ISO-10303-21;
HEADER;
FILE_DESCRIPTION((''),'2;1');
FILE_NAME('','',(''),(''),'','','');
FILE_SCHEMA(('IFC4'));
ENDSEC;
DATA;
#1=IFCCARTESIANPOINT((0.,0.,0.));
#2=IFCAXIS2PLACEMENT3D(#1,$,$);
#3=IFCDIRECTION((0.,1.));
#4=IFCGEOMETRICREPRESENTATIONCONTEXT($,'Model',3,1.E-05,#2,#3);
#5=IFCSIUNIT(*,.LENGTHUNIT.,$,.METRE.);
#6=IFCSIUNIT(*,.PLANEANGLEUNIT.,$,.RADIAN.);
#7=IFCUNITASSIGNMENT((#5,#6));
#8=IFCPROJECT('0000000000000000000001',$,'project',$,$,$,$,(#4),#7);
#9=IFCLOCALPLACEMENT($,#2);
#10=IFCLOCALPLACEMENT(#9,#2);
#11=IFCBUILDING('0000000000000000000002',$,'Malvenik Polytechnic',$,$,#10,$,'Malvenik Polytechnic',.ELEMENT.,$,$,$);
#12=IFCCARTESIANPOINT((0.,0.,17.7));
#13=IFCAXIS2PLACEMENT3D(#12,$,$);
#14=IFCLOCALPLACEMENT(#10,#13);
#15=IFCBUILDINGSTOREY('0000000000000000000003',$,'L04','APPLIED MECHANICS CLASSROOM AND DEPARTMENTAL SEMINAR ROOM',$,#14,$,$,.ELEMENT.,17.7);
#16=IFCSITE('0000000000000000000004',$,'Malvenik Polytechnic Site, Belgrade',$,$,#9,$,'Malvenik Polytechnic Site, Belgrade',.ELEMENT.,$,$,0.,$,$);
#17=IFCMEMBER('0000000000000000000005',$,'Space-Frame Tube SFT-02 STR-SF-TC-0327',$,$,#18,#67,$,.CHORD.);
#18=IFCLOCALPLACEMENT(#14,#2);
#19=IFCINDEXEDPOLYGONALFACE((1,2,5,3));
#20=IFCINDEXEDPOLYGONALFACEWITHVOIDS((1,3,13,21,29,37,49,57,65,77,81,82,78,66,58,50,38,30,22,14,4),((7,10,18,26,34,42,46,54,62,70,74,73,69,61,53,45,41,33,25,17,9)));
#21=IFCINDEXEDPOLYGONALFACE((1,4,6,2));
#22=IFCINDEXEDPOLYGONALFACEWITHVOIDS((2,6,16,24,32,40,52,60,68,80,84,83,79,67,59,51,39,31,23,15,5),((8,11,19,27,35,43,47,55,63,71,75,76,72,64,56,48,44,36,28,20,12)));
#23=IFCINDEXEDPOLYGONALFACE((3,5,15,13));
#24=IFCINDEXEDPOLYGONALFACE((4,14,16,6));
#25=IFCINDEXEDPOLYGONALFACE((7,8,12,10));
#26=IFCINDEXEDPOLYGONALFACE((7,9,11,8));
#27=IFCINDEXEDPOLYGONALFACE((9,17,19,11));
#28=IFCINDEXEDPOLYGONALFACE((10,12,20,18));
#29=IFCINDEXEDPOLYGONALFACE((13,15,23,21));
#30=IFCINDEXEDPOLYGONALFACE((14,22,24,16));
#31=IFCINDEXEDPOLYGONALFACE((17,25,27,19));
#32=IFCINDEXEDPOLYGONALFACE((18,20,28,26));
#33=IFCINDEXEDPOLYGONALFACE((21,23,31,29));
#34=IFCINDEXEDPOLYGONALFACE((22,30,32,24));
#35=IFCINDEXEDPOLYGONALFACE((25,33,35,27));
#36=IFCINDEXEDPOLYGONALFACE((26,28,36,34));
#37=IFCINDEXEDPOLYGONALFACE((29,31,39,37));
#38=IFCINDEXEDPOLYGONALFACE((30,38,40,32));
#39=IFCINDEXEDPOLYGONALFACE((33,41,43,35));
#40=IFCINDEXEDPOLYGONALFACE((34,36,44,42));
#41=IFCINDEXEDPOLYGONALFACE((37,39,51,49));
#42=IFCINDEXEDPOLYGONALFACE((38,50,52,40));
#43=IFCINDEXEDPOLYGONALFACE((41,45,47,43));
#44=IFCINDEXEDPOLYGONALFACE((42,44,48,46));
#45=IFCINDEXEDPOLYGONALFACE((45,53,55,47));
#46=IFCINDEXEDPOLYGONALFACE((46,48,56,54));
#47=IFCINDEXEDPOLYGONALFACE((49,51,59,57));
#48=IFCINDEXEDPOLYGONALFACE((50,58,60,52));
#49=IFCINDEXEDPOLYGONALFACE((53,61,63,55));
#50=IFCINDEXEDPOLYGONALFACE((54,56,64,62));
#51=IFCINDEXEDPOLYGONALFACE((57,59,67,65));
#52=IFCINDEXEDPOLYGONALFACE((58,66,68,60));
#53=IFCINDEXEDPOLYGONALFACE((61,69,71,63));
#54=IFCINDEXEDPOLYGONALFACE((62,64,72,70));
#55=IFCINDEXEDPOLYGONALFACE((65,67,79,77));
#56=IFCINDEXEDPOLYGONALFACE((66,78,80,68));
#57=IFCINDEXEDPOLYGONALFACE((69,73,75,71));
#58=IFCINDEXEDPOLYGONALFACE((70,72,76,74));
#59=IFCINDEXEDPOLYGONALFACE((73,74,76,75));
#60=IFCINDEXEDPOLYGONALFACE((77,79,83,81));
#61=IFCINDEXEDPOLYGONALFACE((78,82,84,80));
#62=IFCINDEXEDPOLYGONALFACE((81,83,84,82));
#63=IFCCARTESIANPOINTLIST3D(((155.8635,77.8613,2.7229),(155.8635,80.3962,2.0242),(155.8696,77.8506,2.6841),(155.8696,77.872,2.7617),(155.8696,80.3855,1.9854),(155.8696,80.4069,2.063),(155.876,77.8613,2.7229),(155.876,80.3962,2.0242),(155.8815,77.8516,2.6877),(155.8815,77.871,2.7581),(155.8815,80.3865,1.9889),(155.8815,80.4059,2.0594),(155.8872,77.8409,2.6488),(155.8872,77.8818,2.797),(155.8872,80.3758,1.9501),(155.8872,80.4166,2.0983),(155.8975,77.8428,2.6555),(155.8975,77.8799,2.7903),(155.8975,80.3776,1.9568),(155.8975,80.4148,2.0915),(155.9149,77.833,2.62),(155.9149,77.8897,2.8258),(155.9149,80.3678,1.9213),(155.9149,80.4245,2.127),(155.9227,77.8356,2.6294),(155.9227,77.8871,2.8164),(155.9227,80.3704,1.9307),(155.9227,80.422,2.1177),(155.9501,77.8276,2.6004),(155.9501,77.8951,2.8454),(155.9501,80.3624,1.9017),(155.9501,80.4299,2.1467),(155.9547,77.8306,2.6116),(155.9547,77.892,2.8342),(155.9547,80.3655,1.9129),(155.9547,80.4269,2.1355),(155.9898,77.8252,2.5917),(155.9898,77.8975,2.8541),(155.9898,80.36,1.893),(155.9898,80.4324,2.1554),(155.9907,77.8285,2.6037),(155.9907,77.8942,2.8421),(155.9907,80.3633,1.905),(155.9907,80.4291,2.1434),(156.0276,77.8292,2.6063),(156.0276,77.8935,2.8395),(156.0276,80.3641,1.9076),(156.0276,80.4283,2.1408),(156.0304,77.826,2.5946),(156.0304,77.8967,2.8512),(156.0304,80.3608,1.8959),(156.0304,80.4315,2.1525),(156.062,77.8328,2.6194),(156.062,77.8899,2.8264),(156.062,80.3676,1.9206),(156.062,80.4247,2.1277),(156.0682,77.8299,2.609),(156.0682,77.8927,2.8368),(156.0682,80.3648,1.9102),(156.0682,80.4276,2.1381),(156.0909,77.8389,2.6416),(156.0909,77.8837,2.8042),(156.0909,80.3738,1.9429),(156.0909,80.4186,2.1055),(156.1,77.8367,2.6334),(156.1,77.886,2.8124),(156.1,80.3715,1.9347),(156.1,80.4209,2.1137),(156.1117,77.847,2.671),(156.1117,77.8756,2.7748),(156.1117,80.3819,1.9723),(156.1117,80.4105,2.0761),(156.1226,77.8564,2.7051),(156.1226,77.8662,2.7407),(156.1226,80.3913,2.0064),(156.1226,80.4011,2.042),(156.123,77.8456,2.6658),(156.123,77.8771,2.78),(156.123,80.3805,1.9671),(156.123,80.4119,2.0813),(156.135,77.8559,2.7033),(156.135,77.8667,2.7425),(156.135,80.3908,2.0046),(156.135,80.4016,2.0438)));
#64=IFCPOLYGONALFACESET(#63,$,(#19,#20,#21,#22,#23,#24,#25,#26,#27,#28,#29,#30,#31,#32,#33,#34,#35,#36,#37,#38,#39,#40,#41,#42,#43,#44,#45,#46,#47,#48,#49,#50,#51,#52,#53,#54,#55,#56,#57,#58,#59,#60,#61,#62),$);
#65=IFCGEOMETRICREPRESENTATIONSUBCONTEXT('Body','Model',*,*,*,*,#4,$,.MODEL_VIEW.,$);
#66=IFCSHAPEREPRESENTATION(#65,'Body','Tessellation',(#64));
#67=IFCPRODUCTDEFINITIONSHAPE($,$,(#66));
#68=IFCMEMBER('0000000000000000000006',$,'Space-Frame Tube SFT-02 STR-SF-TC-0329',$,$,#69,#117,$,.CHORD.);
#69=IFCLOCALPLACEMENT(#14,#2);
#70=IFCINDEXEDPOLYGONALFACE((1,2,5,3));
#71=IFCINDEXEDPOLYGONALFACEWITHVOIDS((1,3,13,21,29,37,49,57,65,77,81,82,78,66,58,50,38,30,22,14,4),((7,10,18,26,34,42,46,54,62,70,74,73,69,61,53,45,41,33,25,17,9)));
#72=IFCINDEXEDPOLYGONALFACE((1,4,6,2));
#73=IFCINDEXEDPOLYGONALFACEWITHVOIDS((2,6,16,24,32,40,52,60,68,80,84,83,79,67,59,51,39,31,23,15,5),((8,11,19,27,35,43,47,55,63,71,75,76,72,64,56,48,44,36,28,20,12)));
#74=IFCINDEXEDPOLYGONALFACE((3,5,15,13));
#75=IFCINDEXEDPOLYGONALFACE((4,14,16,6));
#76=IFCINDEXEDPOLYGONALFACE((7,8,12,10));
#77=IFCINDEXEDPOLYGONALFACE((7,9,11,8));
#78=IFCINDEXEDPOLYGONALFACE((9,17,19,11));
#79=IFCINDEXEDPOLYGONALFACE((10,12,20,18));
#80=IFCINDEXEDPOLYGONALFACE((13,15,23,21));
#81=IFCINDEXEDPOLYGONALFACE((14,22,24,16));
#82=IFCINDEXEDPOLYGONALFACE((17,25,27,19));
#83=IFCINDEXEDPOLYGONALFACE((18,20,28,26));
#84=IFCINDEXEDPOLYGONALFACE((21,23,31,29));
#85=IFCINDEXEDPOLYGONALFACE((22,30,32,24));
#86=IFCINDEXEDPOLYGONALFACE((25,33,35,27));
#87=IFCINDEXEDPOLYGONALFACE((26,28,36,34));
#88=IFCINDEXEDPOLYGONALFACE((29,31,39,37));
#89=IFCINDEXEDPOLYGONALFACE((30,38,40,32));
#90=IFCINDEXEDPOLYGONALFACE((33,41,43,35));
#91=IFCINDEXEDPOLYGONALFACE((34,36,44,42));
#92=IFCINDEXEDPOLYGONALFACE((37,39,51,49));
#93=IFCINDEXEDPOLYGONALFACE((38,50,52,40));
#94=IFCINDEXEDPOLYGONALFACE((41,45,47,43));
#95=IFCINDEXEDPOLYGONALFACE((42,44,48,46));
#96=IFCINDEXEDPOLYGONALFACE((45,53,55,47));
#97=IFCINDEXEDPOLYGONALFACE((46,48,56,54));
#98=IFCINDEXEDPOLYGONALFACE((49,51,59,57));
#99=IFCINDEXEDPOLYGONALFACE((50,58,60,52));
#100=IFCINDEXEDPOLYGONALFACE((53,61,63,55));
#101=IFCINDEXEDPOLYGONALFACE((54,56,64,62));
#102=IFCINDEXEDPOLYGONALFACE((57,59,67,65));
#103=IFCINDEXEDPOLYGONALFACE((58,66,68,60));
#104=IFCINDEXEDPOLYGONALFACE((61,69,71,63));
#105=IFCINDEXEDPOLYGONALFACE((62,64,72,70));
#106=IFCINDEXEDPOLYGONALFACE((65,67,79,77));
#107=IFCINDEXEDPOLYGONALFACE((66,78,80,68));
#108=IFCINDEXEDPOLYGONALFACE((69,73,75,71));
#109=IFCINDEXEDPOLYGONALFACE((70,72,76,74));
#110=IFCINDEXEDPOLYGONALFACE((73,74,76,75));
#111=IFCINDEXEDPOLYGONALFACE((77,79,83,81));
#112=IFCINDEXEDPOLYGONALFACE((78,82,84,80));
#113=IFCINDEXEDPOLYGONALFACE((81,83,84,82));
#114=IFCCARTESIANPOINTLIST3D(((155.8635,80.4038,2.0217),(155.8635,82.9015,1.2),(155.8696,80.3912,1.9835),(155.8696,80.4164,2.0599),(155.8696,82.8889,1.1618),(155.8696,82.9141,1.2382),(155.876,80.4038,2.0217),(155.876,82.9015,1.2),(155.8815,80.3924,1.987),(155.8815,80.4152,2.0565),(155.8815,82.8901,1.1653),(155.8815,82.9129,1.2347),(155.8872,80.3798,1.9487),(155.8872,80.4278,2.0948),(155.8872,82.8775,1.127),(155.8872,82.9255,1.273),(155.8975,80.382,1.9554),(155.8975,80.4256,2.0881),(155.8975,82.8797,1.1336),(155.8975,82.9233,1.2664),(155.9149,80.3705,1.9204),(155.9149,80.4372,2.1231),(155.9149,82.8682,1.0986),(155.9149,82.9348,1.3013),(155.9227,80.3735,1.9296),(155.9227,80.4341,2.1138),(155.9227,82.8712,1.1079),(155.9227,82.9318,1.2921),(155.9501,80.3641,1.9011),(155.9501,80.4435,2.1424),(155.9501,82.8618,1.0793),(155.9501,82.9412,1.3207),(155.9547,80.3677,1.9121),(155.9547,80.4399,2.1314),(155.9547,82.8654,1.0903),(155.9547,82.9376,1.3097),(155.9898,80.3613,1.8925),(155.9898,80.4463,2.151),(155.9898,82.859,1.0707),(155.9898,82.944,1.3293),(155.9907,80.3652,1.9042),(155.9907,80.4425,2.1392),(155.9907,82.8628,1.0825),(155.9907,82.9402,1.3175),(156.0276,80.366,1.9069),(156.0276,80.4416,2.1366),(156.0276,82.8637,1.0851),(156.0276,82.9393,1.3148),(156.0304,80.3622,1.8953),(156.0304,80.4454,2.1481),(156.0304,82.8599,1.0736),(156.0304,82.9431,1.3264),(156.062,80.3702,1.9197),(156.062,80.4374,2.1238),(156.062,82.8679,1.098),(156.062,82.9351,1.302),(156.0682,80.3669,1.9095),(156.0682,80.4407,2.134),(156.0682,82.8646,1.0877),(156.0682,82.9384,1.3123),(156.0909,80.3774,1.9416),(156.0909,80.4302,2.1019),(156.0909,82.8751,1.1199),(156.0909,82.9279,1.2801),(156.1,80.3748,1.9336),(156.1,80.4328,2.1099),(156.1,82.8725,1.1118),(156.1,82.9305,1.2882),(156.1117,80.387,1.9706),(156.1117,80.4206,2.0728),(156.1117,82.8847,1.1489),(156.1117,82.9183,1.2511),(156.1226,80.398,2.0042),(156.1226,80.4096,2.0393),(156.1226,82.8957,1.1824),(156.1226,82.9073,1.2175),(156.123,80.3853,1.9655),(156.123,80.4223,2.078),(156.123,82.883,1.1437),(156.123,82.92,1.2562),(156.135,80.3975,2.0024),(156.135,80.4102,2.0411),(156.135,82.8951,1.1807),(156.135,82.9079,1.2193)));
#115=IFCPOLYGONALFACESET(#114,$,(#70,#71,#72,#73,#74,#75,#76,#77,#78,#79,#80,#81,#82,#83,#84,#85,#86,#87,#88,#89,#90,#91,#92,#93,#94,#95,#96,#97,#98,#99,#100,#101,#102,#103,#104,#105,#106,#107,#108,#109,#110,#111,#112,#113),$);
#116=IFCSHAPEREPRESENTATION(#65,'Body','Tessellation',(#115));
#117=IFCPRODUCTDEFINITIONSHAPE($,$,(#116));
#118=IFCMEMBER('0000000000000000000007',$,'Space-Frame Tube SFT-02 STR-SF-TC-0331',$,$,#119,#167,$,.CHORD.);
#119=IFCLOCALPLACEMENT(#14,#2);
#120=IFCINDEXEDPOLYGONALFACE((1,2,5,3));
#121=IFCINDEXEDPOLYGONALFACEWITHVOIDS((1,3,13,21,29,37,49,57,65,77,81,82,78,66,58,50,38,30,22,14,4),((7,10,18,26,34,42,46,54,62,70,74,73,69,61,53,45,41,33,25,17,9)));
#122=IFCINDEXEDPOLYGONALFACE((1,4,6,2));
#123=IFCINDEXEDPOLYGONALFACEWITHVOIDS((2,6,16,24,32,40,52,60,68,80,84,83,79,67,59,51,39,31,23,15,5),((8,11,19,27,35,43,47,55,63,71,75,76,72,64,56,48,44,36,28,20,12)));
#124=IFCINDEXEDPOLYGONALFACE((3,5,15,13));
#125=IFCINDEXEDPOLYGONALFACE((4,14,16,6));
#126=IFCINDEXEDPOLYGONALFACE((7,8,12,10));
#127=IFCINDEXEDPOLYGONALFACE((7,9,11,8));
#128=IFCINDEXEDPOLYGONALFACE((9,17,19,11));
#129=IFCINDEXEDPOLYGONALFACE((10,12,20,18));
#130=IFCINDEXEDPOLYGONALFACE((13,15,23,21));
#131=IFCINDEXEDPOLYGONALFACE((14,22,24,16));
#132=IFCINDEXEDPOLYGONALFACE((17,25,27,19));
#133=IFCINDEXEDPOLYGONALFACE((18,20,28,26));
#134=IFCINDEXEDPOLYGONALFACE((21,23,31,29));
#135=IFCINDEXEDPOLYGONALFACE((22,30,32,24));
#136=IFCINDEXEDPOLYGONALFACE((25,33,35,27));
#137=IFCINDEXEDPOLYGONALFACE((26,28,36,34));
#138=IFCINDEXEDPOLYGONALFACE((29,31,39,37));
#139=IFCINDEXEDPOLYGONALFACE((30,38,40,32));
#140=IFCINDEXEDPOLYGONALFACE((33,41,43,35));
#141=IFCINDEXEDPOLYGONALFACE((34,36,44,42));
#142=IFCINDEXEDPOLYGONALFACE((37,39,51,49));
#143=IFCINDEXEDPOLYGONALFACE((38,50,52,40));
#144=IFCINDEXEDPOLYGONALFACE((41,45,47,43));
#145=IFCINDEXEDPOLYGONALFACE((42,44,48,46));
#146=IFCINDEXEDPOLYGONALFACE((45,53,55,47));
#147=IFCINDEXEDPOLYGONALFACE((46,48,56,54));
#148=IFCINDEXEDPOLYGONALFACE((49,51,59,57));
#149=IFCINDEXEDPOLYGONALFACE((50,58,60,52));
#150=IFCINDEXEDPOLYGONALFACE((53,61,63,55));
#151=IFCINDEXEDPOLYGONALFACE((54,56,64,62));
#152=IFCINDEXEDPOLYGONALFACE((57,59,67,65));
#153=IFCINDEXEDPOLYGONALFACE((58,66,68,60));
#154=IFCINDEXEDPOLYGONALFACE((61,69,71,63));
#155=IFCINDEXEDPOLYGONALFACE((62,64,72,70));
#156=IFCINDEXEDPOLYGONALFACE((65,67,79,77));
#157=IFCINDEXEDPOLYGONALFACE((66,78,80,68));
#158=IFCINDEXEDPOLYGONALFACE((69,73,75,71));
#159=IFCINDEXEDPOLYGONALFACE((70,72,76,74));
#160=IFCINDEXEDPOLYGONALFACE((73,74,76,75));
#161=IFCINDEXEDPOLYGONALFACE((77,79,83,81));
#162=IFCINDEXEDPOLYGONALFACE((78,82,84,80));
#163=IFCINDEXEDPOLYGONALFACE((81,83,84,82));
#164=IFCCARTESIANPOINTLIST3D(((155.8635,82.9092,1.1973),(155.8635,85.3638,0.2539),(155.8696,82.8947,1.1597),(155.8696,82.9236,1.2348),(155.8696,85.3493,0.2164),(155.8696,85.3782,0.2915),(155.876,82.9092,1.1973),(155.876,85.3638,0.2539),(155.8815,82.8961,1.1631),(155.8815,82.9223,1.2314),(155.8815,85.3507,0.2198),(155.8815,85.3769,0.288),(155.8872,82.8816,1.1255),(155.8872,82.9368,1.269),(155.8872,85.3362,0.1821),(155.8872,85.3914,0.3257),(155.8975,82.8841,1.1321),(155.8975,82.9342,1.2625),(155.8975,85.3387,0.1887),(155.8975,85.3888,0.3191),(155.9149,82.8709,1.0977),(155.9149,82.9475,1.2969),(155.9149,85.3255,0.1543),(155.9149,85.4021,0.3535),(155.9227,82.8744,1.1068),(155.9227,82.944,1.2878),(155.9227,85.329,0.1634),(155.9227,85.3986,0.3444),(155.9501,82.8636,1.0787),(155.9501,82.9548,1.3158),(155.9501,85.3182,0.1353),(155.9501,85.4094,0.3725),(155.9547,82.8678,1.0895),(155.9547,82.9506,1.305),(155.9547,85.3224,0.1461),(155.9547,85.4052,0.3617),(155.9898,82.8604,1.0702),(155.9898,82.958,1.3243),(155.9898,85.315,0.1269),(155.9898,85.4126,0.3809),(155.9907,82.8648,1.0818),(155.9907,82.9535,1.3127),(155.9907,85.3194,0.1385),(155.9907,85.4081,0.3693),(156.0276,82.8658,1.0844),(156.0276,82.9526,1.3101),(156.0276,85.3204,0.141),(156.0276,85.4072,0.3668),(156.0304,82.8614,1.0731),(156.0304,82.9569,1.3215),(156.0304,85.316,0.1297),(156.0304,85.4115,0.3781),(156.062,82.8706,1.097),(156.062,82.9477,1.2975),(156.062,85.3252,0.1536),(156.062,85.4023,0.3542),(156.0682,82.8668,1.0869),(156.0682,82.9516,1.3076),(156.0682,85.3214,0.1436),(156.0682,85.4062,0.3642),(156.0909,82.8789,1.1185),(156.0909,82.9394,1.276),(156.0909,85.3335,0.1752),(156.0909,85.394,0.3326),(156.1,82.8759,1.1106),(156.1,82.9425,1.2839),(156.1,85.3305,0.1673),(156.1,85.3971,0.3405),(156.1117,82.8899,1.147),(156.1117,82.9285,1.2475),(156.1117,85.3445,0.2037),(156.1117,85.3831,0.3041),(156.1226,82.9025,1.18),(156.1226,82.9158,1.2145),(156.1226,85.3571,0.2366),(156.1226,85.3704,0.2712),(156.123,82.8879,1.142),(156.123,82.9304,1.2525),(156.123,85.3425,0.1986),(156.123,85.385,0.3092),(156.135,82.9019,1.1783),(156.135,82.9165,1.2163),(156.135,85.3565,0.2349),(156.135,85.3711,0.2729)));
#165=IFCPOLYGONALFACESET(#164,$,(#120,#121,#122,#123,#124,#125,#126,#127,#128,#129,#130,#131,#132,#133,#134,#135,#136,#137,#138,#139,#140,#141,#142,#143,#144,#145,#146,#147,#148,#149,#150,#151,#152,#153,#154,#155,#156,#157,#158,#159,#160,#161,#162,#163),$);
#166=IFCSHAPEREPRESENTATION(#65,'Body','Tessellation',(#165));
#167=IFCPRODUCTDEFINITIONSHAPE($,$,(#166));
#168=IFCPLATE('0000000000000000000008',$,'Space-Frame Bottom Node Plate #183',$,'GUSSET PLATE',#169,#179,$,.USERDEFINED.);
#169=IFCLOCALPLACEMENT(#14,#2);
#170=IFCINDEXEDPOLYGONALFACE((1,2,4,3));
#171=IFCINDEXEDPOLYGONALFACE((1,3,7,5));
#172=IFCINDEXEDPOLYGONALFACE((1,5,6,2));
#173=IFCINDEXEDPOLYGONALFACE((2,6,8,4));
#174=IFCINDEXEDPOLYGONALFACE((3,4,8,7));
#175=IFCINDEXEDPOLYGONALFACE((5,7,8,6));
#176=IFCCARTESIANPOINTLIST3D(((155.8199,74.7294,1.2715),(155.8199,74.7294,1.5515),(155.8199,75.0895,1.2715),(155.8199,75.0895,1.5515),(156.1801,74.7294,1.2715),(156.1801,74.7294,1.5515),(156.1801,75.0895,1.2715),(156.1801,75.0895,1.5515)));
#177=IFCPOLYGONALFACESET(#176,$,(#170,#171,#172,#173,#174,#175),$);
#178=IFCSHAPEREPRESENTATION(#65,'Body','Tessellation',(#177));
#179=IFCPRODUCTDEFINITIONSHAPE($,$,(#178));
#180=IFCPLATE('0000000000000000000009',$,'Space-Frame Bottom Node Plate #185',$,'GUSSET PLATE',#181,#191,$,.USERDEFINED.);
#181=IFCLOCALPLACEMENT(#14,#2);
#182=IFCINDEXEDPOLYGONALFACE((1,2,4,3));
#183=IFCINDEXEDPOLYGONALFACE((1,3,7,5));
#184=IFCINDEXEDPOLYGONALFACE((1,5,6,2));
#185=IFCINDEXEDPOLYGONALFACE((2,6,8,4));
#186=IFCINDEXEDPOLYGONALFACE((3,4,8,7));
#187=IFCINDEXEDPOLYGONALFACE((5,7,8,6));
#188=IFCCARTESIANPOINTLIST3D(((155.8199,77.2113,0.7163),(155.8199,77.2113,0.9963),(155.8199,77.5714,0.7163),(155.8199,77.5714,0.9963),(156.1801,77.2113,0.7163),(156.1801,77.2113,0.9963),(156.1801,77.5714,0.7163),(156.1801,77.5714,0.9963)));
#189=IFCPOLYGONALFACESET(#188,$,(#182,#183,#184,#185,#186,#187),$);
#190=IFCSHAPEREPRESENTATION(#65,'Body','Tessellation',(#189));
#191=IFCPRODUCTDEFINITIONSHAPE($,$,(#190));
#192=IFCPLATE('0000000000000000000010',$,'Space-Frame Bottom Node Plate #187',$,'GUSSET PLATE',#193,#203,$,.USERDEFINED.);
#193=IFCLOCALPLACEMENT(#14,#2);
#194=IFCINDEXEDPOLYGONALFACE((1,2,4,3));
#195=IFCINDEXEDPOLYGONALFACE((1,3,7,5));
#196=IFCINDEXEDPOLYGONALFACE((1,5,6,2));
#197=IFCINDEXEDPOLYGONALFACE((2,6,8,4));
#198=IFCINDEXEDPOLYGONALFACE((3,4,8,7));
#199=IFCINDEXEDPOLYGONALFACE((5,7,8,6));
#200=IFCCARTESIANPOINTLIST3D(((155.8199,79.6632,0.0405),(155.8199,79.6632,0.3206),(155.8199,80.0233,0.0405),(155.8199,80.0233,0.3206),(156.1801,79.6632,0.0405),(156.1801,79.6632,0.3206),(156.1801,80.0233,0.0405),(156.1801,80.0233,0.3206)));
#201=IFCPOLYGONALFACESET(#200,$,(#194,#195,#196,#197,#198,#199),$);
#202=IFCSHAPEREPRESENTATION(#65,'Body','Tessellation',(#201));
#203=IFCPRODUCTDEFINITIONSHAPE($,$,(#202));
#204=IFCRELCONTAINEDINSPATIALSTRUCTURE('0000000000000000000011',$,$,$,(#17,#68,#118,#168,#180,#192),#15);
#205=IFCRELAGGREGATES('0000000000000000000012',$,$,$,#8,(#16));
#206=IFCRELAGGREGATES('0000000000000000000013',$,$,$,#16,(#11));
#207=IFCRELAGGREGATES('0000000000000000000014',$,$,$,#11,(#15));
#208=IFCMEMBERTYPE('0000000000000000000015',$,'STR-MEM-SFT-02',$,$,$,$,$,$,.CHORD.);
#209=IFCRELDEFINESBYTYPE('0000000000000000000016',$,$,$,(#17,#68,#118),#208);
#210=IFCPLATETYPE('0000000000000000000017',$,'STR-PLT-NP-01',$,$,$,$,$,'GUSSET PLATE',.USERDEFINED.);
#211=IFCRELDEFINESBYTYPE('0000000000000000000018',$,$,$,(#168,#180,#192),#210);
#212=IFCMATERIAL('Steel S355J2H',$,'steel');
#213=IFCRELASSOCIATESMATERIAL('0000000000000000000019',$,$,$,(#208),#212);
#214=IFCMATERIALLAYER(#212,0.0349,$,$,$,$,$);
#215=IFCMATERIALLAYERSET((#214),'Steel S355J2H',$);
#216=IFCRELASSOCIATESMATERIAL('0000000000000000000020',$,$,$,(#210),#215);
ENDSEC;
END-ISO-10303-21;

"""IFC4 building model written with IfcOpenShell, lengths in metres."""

from ifc_helpers import new_model, si_unit, direction, frame, origin, origin_2d, place, context, subcontext, project, spatial, rectangle, hollow_circle, extrude, material, layer, layer_set, material_profile, profile_set, type_object, element, save


model = new_model("IFC4")

# Units and contexts
model_context = context("Model", 3, precision=1e-05, world=origin(), true_north=direction((0.0, 1.0)))
body_context = subcontext(model_context, "Body", "Model", "MODEL_VIEW")
ifc_project = project(units=[si_unit("LENGTHUNIT", "METRE"), si_unit("PLANEANGLEUNIT", "RADIAN")], contexts=[model_context])

# Site, building, storey
site_placement = place(None, origin())
site = spatial("IfcSite", under=ifc_project, at=site_placement, Name="Malvenik Polytechnic Site, Belgrade", LongName="Malvenik Polytechnic Site, Belgrade", CompositionType="ELEMENT", RefElevation=0.0)
building_placement = place(site_placement, origin())
building = spatial("IfcBuilding", under=site, at=building_placement, Name="Malvenik Polytechnic", LongName="Malvenik Polytechnic", CompositionType="ELEMENT")
storey_placement = place(building_placement, frame((0.0, 0.0, 17.7)))
storey = spatial("IfcBuildingStorey", under=building, at=storey_placement, Name="L04", Description="APPLIED MECHANICS CLASSROOM AND DEPARTMENTAL SEMINAR ROOM", CompositionType="ELEMENT", Elevation=17.7)

# Members
ifc_material = material(Name="Steel S355J2H", Category="steel")
ifc_material_profile_1 = material_profile(ifc_material, hollow_circle(Radius=0.1365, WallThickness=0.0125, at=origin_2d()), Name="CHS 273.0x12.5")
ifc_profile_set_1 = profile_set([ifc_material_profile_1], Name="Steel S355J2H")
member_type_1 = type_object("IfcMemberType", Name="STR-MEM-SFT-02", PredefinedType="CHORD", material=ifc_profile_set_1)
for number, where, z_axis, x_axis, name in (
    (1, (156.0, 77.8613, 2.7229), (0.0, 0.964047, -0.265733), (-1.0, 0.0, 0.0), "Space-Frame Tube SFT-02 STR-SF-TC-0327"),
    (2, (156.0, 80.4038, 2.0217), (0.0, 0.949911, -0.312521), (-1.0, 0.0, 0.0), "Space-Frame Tube SFT-02 STR-SF-TC-0329"),
):
    element("IfcMember", number, at=place(storey_placement, frame(where, z_axis=z_axis, x_axis=x_axis)), inside=storey, type_object=member_type_1, Name=name, PredefinedType="CHORD", context=body_context, shape_type="SweptSolid", body=[
        extrude(hollow_circle(Radius=0.1365, WallThickness=0.0125, at=origin_2d()), origin(), (0.0, 0.0, 1.0), 2.6294),
    ])
member_1_placement = place(storey_placement, frame((156.0, 82.9092, 1.1973), z_axis=(0.0, 0.933437, -0.358743), x_axis=(-1.0, 0.0, 0.0)))
element("IfcMember", 3, at=member_1_placement, inside=storey, type_object=member_type_1, Name="Space-Frame Tube SFT-02 STR-SF-TC-0331", PredefinedType="CHORD", context=body_context, shape_type="SweptSolid", body=[
    extrude(hollow_circle(Radius=0.1365, WallThickness=0.0125, at=origin_2d()), origin(), (0.0, 0.0, 1.0), 2.6296),
])

# Plates
ifc_layer_1 = layer(ifc_material, 0.0349)
ifc_layer_set_1 = layer_set([ifc_layer_1], Name="Steel S355J2H")
plate_type_1 = type_object("IfcPlateType", Name="STR-PLT-NP-01", ElementType="GUSSET PLATE", PredefinedType="USERDEFINED", material=ifc_layer_set_1)
for number, where, z_axis, x_axis, name in (
    (4, (156.0, 74.9094, 1.2715), (0.0, 0.0, 1.0), (1.0, 0.0, 0.0), "Space-Frame Bottom Node Plate #183"),
    (5, (156.0, 77.3914, 0.7163), (0.0, 0.0, 1.0), (1.0, 0.0, 0.0), "Space-Frame Bottom Node Plate #185"),
    (6, (156.0, 79.8433, 0.0405), (0.0, 0.0, 1.0), (1.0, 0.0, 0.0), "Space-Frame Bottom Node Plate #187"),
):
    element("IfcPlate", number, at=place(storey_placement, frame(where, z_axis=z_axis, x_axis=x_axis)), inside=storey, type_object=plate_type_1, Name=name, ObjectType="GUSSET PLATE", PredefinedType="USERDEFINED", context=body_context, shape_type="SweptSolid", body=[
        extrude(rectangle(XDim=0.3601, YDim=0.3601, at=origin_2d()), origin(), (0.0, 0.0, 1.0), 0.28),
    ])

save(model, "model.ifc")
